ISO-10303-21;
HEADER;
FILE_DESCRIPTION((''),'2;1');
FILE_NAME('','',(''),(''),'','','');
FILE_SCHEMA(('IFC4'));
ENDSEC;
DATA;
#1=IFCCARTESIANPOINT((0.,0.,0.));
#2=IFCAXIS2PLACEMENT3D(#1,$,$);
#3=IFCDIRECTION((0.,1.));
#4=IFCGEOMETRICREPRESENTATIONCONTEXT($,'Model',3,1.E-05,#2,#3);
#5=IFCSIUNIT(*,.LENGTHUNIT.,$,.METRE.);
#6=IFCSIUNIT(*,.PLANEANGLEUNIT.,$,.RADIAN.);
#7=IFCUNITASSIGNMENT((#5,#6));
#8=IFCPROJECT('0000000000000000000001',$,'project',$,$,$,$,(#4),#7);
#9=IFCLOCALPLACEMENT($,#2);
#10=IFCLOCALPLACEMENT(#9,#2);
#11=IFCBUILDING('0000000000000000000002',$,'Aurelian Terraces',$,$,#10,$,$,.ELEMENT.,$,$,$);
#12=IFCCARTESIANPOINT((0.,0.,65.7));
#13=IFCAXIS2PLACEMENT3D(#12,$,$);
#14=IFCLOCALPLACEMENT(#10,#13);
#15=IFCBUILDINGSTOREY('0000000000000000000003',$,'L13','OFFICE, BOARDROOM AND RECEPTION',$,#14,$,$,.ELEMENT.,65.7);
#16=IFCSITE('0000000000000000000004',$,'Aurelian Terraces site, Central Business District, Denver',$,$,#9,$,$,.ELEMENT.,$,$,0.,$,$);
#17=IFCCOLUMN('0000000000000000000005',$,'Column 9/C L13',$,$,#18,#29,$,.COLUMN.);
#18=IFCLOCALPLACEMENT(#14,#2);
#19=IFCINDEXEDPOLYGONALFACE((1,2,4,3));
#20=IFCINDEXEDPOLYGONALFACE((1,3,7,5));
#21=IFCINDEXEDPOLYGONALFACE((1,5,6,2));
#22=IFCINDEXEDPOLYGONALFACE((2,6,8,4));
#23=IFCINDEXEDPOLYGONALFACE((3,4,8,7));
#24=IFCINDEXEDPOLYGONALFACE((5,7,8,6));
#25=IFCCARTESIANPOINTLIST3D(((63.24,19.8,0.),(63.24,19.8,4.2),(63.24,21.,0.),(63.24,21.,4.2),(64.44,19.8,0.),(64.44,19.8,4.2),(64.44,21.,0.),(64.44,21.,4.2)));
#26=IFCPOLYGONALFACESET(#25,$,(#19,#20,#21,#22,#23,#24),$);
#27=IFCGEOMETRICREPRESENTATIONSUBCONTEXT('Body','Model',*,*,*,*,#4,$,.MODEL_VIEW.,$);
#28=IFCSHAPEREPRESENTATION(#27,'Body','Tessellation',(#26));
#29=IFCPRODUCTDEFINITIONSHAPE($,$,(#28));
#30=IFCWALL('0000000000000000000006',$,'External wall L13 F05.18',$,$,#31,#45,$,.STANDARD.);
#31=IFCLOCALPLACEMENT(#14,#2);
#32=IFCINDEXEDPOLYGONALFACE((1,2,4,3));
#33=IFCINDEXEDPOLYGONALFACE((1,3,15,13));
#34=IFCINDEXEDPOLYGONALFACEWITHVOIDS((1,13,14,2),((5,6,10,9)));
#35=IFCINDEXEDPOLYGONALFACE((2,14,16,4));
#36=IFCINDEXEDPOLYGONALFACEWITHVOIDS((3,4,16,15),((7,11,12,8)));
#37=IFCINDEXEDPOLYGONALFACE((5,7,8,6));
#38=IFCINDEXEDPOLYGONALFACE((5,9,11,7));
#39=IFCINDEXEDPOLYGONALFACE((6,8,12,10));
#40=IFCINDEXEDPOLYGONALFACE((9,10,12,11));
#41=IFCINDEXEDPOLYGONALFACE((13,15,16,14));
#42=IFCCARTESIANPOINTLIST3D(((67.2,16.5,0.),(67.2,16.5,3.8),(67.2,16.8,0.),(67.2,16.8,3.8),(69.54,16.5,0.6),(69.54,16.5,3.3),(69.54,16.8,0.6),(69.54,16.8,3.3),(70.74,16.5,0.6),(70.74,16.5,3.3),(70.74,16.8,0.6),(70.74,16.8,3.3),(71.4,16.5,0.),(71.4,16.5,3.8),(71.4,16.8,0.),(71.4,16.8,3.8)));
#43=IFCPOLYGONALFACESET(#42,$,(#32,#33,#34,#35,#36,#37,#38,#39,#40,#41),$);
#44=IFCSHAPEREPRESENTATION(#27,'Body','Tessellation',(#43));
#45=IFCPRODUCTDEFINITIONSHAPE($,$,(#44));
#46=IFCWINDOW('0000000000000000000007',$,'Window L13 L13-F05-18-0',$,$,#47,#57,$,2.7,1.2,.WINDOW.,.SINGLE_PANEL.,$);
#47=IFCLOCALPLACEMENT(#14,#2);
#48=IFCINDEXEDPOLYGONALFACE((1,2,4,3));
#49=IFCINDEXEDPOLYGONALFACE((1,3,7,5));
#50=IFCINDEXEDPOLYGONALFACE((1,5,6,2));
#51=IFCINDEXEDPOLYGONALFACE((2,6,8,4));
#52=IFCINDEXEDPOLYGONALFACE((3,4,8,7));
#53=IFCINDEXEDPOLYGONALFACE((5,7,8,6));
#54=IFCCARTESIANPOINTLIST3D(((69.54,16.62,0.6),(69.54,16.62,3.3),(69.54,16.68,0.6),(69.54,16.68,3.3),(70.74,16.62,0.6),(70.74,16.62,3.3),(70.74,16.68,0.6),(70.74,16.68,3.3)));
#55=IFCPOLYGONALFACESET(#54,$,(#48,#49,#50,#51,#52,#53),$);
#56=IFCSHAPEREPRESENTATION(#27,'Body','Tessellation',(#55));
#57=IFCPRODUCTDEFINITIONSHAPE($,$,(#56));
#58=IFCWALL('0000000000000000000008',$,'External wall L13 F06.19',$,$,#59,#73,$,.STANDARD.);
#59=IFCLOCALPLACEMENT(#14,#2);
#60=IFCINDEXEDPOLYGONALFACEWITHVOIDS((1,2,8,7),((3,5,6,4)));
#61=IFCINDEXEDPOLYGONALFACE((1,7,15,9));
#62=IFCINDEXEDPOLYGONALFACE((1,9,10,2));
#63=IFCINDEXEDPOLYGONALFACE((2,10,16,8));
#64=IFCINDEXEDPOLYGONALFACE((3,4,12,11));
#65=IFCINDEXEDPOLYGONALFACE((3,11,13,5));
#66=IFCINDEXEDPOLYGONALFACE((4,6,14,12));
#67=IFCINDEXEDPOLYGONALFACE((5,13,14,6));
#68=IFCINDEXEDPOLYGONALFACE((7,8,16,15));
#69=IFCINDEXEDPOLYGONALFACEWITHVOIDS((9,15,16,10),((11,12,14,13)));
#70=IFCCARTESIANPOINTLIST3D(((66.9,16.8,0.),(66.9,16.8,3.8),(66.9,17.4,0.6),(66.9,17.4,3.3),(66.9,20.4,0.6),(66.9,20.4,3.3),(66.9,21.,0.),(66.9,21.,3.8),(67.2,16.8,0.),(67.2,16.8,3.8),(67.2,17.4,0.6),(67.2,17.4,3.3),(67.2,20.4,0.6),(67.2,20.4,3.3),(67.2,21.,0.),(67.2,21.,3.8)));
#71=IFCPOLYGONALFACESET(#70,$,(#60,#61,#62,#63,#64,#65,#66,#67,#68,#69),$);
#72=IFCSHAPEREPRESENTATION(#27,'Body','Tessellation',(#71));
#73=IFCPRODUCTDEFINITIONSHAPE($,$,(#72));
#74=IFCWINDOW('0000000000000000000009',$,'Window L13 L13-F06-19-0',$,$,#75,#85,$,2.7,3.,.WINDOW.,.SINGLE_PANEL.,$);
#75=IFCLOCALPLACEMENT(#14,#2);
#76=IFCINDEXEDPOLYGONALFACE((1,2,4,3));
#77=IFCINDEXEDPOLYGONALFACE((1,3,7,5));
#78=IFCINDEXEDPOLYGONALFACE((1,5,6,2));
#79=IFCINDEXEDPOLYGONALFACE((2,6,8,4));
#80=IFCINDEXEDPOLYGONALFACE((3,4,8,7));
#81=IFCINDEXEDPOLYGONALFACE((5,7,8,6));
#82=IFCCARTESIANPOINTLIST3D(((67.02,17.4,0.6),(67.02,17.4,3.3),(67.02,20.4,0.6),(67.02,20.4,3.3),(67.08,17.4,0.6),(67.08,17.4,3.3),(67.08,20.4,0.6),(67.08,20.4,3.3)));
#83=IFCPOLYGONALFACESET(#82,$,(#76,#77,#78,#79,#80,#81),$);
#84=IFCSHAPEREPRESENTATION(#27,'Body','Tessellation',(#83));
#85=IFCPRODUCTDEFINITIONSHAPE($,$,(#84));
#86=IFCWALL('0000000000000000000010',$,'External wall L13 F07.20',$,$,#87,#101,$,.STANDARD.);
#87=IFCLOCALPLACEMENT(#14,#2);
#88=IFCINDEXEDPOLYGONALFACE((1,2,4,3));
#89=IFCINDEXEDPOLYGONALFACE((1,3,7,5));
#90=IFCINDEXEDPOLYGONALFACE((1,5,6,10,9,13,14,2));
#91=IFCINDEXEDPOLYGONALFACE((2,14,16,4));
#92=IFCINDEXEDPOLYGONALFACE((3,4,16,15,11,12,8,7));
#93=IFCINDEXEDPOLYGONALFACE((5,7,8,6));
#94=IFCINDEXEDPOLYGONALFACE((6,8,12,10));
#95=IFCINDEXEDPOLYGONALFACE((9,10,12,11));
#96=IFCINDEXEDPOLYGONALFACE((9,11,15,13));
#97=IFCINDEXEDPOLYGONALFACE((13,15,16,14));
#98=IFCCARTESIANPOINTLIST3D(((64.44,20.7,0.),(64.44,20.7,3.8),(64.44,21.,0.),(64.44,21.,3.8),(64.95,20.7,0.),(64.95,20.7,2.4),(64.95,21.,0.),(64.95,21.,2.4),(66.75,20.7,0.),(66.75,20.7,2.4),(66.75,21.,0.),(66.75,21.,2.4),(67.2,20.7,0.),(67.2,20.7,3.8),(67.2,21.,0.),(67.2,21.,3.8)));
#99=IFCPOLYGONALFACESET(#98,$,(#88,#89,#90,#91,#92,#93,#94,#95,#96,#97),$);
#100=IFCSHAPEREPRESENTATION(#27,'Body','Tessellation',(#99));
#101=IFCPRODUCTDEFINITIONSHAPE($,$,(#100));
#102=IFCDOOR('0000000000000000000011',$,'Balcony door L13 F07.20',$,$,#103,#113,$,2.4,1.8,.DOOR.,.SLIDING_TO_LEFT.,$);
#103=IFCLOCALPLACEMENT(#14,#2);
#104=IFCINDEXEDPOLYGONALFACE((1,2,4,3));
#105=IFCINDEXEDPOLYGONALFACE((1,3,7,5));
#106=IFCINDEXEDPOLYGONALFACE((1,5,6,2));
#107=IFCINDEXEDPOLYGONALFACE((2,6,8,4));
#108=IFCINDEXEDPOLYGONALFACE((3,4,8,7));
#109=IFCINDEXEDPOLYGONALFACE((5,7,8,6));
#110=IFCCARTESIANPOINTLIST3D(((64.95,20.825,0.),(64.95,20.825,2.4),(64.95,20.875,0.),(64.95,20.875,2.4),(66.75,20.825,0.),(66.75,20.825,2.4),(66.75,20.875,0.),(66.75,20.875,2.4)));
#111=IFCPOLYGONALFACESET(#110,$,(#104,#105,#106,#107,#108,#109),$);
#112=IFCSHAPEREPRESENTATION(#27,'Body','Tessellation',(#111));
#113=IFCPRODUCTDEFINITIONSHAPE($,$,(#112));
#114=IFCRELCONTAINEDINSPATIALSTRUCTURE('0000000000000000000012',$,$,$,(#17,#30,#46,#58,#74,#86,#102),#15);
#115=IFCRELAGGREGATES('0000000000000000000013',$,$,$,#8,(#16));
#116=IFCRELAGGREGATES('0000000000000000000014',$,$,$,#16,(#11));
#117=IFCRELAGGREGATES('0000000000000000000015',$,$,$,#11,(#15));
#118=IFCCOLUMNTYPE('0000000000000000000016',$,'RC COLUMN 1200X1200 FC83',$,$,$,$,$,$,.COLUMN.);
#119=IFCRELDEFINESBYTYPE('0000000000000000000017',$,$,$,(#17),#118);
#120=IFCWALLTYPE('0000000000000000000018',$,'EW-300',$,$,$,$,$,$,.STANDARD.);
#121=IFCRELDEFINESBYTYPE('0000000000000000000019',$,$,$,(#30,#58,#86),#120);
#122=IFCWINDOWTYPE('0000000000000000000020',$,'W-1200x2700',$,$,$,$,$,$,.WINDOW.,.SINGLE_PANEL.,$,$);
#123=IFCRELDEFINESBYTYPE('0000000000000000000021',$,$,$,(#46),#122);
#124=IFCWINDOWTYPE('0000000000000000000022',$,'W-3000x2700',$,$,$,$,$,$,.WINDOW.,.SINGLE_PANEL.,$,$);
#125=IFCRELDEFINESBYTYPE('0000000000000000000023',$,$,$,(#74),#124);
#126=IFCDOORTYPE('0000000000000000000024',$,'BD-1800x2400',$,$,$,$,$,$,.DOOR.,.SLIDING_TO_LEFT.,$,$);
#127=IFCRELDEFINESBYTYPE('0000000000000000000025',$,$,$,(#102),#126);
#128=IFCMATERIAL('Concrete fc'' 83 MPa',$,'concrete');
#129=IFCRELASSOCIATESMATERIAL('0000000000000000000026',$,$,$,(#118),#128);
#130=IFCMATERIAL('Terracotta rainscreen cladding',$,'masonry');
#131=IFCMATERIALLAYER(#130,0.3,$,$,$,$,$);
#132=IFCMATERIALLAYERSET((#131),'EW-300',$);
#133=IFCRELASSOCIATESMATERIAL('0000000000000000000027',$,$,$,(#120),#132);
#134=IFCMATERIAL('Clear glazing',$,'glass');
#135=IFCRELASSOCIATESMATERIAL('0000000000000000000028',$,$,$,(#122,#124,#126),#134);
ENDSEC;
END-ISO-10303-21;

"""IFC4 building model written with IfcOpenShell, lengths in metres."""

from ifc_helpers import new_model, si_unit, direction, frame, frame_2d, origin, origin_2d, place, context, subcontext, project, spatial, rectangle, extrude, source, transform, mapped, material, layer, layer_set, material_profile, profile_set, type_object, element, fill, save


model = new_model("IFC4")

# Units and contexts
model_context = context("Model", 3, precision=1e-05, world=origin(), true_north=direction((0.0, 1.0)))
body_context = subcontext(model_context, "Body", "Model", "MODEL_VIEW")
ifc_project = project(units=[si_unit("LENGTHUNIT", "METRE"), si_unit("PLANEANGLEUNIT", "RADIAN")], contexts=[model_context])

# Site, building, storey
site_placement = place(None, origin())
site = spatial("IfcSite", under=ifc_project, at=site_placement, Name="Aurelian Terraces site, Central Business District, Denver", CompositionType="ELEMENT", RefElevation=0.0)
building_placement = place(site_placement, origin())
building = spatial("IfcBuilding", under=site, at=building_placement, Name="Aurelian Terraces", CompositionType="ELEMENT")
storey_placement = place(building_placement, frame((0.0, 0.0, 65.7)))
storey = spatial("IfcBuildingStorey", under=building, at=storey_placement, Name="L13", Description="OFFICE, BOARDROOM AND RECEPTION", CompositionType="ELEMENT", Elevation=65.7)

# Column
ifc_material_1 = material(Name="Concrete fc' 83 MPa", Category="concrete")
ifc_material_profile = material_profile(ifc_material_1, rectangle(XDim=1.2, YDim=1.2, at=origin_2d()))
ifc_profile_set = profile_set([ifc_material_profile], Name="Concrete fc' 83 MPa")
column_type = type_object("IfcColumnType", Name="RC COLUMN 1200X1200 FC83", PredefinedType="COLUMN", material=ifc_profile_set)
shared_shape_1 = source(origin(), body_context, "Body", "SweptSolid", [
    extrude(rectangle(XDim=1.2, YDim=1.2, at=origin_2d()), origin(), (0.0, 0.0, 1.0), 4.2),
])
column_placement = place(storey_placement, frame((63.84, 20.4, 0.0), z_axis=(0.0, 0.0, 1.0), x_axis=(1.0, 0.0, 0.0)))
element("IfcColumn", 1, at=column_placement, inside=storey, type_object=column_type, Name="Column 9/C L13", PredefinedType="COLUMN", context=body_context, shape_type="MappedRepresentation", body=[
    mapped(shared_shape_1, transform((0.0, 0.0, 0.0), scale=1.0)),
])

# Walls, openings, windows
ifc_material_2 = material(Name="Terracotta rainscreen cladding", Category="masonry")
ifc_layer_1 = layer(ifc_material_2, 0.3)
ifc_layer_set_1 = layer_set([ifc_layer_1], Name="EW-300")
wall_type_1 = type_object("IfcWallType", Name="EW-300", PredefinedType="STANDARD", material=ifc_layer_set_1)
shared_shape_2 = source(origin(), body_context, "Body", "SweptSolid", [
    extrude(rectangle(XDim=4.2, YDim=0.3, at=frame_2d((2.1, 0.0))), origin(), (0.0, 0.0, 1.0), 3.8),
])
wall_1_placement = place(storey_placement, frame((71.4, 16.65, 0.0), z_axis=(0.0, 0.0, 1.0), x_axis=(-1.0, 0.0, 0.0)))
wall_1 = element("IfcWall", 2, at=wall_1_placement, inside=storey, type_object=wall_type_1, Name="External wall L13 F05.18", PredefinedType="STANDARD", context=body_context, shape_type="MappedRepresentation", body=[
    mapped(shared_shape_2, transform((0.0, 0.0, 0.0), scale=1.0)),
])
shared_shape_3 = source(origin(), body_context, "Body", "SweptSolid", [
    extrude(rectangle(XDim=1.2, YDim=2.7, at=frame_2d((0.6, 1.35))), frame((0.0, 0.16, 0.0), z_axis=(0.0, -1.0, 0.0), x_axis=(1.0, 0.0, 0.0)), (0.0, 0.0, 1.0), 0.32),
])
opening_1_placement = place(wall_1_placement, frame((0.66, 0.0, 0.6)))
opening_1 = element("IfcOpeningElement", 3, at=opening_1_placement, cuts=wall_1, PredefinedType="OPENING", context=body_context, shape_type="MappedRepresentation", body=[
    mapped(shared_shape_3, transform((0.0, 0.0, 0.0), scale=1.0)),
])
ifc_material_3 = material(Name="Clear glazing", Category="glass")
window_type_1 = type_object("IfcWindowType", Name="W-1200x2700", PartitioningType="SINGLE_PANEL", PredefinedType="WINDOW", material=ifc_material_3)
shared_shape_4 = source(origin(), body_context, "Body", "SweptSolid", [
    extrude(rectangle(XDim=1.2, YDim=2.7, at=frame_2d((0.6, 1.35))), frame((0.0, 0.03, 0.0), z_axis=(0.0, -1.0, 0.0), x_axis=(1.0, 0.0, 0.0)), (0.0, 0.0, 1.0), 0.06),
])
window_1_placement = place(opening_1_placement, origin())
window_1 = element("IfcWindow", 4, at=window_1_placement, inside=storey, type_object=window_type_1, Name="Window L13 L13-F05-18-0", OverallHeight=2.7, OverallWidth=1.2, PartitioningType="SINGLE_PANEL", PredefinedType="WINDOW", context=body_context, shape_type="MappedRepresentation", body=[
    mapped(shared_shape_4, transform((0.0, 0.0, 0.0), scale=1.0)),
])
fill(opening_1, window_1)
wall_2_placement = place(storey_placement, frame((67.05, 16.8, 0.0), z_axis=(0.0, 0.0, 1.0), x_axis=(0.0, 1.0, 0.0)))
wall_2 = element("IfcWall", 5, at=wall_2_placement, inside=storey, type_object=wall_type_1, Name="External wall L13 F06.19", PredefinedType="STANDARD", context=body_context, shape_type="MappedRepresentation", body=[
    mapped(shared_shape_2, transform((0.0, 0.0, 0.0), scale=1.0)),
])
shared_shape_5 = source(origin(), body_context, "Body", "SweptSolid", [
    extrude(rectangle(XDim=3.0, YDim=2.7, at=frame_2d((1.5, 1.35))), frame((0.0, 0.16, 0.0), z_axis=(0.0, -1.0, 0.0), x_axis=(1.0, 0.0, 0.0)), (0.0, 0.0, 1.0), 0.32),
])
opening_2_placement = place(wall_2_placement, frame((0.6, 0.0, 0.6)))
opening_2 = element("IfcOpeningElement", 6, at=opening_2_placement, cuts=wall_2, PredefinedType="OPENING", context=body_context, shape_type="MappedRepresentation", body=[
    mapped(shared_shape_5, transform((0.0, 0.0, 0.0), scale=1.0)),
])
window_type_2 = type_object("IfcWindowType", Name="W-3000x2700", PartitioningType="SINGLE_PANEL", PredefinedType="WINDOW", material=ifc_material_3)
shared_shape_6 = source(origin(), body_context, "Body", "SweptSolid", [
    extrude(rectangle(XDim=3.0, YDim=2.7, at=frame_2d((1.5, 1.35))), frame((0.0, 0.03, 0.0), z_axis=(0.0, -1.0, 0.0), x_axis=(1.0, 0.0, 0.0)), (0.0, 0.0, 1.0), 0.06),
])
window_2_placement = place(opening_2_placement, origin())
window_2 = element("IfcWindow", 7, at=window_2_placement, inside=storey, type_object=window_type_2, Name="Window L13 L13-F06-19-0", OverallHeight=2.7, OverallWidth=3.0, PartitioningType="SINGLE_PANEL", PredefinedType="WINDOW", context=body_context, shape_type="MappedRepresentation", body=[
    mapped(shared_shape_6, transform((0.0, 0.0, 0.0), scale=1.0)),
])
fill(opening_2, window_2)

# Wall, opening, door
shared_shape_7 = source(origin(), body_context, "Body", "SweptSolid", [
    extrude(rectangle(XDim=2.76, YDim=0.3, at=frame_2d((1.38, 0.0))), origin(), (0.0, 0.0, 1.0), 3.8),
])
wall_3_placement = place(storey_placement, frame((67.2, 20.85, 0.0), z_axis=(0.0, 0.0, 1.0), x_axis=(-1.0, 0.0, 0.0)))
wall_3 = element("IfcWall", 8, at=wall_3_placement, inside=storey, type_object=wall_type_1, Name="External wall L13 F07.20", PredefinedType="STANDARD", context=body_context, shape_type="MappedRepresentation", body=[
    mapped(shared_shape_7, transform((0.0, 0.0, 0.0), scale=1.0)),
])
shared_shape_8 = source(origin(), body_context, "Body", "SweptSolid", [
    extrude(rectangle(XDim=1.8, YDim=2.4, at=frame_2d((0.9, 1.2))), frame((0.0, 0.16, 0.0), z_axis=(0.0, -1.0, 0.0), x_axis=(1.0, 0.0, 0.0)), (0.0, 0.0, 1.0), 0.32),
])
opening_3_placement = place(wall_3_placement, frame((0.45, 0.0, 0.0)))
opening_3 = element("IfcOpeningElement", 9, at=opening_3_placement, cuts=wall_3, PredefinedType="OPENING", context=body_context, shape_type="MappedRepresentation", body=[
    mapped(shared_shape_8, transform((0.0, 0.0, 0.0), scale=1.0)),
])
door_type_1 = type_object("IfcDoorType", Name="BD-1800x2400", OperationType="SLIDING_TO_LEFT", PredefinedType="DOOR", material=ifc_material_3)
shared_shape_9 = source(origin(), body_context, "Body", "SweptSolid", [
    extrude(rectangle(XDim=1.8, YDim=2.4, at=frame_2d((0.9, 1.2))), frame((0.0, 0.025, 0.0), z_axis=(0.0, -1.0, 0.0), x_axis=(1.0, 0.0, 0.0)), (0.0, 0.0, 1.0), 0.05),
])
door_1_placement = place(opening_3_placement, origin())
door_1 = element("IfcDoor", 10, at=door_1_placement, inside=storey, type_object=door_type_1, Name="Balcony door L13 F07.20", OperationType="SLIDING_TO_LEFT", OverallHeight=2.4, OverallWidth=1.8, PredefinedType="DOOR", context=body_context, shape_type="MappedRepresentation", body=[
    mapped(shared_shape_9, transform((0.0, 0.0, 0.0), scale=1.0)),
])
fill(opening_3, door_1)

save(model, "model.ifc")
